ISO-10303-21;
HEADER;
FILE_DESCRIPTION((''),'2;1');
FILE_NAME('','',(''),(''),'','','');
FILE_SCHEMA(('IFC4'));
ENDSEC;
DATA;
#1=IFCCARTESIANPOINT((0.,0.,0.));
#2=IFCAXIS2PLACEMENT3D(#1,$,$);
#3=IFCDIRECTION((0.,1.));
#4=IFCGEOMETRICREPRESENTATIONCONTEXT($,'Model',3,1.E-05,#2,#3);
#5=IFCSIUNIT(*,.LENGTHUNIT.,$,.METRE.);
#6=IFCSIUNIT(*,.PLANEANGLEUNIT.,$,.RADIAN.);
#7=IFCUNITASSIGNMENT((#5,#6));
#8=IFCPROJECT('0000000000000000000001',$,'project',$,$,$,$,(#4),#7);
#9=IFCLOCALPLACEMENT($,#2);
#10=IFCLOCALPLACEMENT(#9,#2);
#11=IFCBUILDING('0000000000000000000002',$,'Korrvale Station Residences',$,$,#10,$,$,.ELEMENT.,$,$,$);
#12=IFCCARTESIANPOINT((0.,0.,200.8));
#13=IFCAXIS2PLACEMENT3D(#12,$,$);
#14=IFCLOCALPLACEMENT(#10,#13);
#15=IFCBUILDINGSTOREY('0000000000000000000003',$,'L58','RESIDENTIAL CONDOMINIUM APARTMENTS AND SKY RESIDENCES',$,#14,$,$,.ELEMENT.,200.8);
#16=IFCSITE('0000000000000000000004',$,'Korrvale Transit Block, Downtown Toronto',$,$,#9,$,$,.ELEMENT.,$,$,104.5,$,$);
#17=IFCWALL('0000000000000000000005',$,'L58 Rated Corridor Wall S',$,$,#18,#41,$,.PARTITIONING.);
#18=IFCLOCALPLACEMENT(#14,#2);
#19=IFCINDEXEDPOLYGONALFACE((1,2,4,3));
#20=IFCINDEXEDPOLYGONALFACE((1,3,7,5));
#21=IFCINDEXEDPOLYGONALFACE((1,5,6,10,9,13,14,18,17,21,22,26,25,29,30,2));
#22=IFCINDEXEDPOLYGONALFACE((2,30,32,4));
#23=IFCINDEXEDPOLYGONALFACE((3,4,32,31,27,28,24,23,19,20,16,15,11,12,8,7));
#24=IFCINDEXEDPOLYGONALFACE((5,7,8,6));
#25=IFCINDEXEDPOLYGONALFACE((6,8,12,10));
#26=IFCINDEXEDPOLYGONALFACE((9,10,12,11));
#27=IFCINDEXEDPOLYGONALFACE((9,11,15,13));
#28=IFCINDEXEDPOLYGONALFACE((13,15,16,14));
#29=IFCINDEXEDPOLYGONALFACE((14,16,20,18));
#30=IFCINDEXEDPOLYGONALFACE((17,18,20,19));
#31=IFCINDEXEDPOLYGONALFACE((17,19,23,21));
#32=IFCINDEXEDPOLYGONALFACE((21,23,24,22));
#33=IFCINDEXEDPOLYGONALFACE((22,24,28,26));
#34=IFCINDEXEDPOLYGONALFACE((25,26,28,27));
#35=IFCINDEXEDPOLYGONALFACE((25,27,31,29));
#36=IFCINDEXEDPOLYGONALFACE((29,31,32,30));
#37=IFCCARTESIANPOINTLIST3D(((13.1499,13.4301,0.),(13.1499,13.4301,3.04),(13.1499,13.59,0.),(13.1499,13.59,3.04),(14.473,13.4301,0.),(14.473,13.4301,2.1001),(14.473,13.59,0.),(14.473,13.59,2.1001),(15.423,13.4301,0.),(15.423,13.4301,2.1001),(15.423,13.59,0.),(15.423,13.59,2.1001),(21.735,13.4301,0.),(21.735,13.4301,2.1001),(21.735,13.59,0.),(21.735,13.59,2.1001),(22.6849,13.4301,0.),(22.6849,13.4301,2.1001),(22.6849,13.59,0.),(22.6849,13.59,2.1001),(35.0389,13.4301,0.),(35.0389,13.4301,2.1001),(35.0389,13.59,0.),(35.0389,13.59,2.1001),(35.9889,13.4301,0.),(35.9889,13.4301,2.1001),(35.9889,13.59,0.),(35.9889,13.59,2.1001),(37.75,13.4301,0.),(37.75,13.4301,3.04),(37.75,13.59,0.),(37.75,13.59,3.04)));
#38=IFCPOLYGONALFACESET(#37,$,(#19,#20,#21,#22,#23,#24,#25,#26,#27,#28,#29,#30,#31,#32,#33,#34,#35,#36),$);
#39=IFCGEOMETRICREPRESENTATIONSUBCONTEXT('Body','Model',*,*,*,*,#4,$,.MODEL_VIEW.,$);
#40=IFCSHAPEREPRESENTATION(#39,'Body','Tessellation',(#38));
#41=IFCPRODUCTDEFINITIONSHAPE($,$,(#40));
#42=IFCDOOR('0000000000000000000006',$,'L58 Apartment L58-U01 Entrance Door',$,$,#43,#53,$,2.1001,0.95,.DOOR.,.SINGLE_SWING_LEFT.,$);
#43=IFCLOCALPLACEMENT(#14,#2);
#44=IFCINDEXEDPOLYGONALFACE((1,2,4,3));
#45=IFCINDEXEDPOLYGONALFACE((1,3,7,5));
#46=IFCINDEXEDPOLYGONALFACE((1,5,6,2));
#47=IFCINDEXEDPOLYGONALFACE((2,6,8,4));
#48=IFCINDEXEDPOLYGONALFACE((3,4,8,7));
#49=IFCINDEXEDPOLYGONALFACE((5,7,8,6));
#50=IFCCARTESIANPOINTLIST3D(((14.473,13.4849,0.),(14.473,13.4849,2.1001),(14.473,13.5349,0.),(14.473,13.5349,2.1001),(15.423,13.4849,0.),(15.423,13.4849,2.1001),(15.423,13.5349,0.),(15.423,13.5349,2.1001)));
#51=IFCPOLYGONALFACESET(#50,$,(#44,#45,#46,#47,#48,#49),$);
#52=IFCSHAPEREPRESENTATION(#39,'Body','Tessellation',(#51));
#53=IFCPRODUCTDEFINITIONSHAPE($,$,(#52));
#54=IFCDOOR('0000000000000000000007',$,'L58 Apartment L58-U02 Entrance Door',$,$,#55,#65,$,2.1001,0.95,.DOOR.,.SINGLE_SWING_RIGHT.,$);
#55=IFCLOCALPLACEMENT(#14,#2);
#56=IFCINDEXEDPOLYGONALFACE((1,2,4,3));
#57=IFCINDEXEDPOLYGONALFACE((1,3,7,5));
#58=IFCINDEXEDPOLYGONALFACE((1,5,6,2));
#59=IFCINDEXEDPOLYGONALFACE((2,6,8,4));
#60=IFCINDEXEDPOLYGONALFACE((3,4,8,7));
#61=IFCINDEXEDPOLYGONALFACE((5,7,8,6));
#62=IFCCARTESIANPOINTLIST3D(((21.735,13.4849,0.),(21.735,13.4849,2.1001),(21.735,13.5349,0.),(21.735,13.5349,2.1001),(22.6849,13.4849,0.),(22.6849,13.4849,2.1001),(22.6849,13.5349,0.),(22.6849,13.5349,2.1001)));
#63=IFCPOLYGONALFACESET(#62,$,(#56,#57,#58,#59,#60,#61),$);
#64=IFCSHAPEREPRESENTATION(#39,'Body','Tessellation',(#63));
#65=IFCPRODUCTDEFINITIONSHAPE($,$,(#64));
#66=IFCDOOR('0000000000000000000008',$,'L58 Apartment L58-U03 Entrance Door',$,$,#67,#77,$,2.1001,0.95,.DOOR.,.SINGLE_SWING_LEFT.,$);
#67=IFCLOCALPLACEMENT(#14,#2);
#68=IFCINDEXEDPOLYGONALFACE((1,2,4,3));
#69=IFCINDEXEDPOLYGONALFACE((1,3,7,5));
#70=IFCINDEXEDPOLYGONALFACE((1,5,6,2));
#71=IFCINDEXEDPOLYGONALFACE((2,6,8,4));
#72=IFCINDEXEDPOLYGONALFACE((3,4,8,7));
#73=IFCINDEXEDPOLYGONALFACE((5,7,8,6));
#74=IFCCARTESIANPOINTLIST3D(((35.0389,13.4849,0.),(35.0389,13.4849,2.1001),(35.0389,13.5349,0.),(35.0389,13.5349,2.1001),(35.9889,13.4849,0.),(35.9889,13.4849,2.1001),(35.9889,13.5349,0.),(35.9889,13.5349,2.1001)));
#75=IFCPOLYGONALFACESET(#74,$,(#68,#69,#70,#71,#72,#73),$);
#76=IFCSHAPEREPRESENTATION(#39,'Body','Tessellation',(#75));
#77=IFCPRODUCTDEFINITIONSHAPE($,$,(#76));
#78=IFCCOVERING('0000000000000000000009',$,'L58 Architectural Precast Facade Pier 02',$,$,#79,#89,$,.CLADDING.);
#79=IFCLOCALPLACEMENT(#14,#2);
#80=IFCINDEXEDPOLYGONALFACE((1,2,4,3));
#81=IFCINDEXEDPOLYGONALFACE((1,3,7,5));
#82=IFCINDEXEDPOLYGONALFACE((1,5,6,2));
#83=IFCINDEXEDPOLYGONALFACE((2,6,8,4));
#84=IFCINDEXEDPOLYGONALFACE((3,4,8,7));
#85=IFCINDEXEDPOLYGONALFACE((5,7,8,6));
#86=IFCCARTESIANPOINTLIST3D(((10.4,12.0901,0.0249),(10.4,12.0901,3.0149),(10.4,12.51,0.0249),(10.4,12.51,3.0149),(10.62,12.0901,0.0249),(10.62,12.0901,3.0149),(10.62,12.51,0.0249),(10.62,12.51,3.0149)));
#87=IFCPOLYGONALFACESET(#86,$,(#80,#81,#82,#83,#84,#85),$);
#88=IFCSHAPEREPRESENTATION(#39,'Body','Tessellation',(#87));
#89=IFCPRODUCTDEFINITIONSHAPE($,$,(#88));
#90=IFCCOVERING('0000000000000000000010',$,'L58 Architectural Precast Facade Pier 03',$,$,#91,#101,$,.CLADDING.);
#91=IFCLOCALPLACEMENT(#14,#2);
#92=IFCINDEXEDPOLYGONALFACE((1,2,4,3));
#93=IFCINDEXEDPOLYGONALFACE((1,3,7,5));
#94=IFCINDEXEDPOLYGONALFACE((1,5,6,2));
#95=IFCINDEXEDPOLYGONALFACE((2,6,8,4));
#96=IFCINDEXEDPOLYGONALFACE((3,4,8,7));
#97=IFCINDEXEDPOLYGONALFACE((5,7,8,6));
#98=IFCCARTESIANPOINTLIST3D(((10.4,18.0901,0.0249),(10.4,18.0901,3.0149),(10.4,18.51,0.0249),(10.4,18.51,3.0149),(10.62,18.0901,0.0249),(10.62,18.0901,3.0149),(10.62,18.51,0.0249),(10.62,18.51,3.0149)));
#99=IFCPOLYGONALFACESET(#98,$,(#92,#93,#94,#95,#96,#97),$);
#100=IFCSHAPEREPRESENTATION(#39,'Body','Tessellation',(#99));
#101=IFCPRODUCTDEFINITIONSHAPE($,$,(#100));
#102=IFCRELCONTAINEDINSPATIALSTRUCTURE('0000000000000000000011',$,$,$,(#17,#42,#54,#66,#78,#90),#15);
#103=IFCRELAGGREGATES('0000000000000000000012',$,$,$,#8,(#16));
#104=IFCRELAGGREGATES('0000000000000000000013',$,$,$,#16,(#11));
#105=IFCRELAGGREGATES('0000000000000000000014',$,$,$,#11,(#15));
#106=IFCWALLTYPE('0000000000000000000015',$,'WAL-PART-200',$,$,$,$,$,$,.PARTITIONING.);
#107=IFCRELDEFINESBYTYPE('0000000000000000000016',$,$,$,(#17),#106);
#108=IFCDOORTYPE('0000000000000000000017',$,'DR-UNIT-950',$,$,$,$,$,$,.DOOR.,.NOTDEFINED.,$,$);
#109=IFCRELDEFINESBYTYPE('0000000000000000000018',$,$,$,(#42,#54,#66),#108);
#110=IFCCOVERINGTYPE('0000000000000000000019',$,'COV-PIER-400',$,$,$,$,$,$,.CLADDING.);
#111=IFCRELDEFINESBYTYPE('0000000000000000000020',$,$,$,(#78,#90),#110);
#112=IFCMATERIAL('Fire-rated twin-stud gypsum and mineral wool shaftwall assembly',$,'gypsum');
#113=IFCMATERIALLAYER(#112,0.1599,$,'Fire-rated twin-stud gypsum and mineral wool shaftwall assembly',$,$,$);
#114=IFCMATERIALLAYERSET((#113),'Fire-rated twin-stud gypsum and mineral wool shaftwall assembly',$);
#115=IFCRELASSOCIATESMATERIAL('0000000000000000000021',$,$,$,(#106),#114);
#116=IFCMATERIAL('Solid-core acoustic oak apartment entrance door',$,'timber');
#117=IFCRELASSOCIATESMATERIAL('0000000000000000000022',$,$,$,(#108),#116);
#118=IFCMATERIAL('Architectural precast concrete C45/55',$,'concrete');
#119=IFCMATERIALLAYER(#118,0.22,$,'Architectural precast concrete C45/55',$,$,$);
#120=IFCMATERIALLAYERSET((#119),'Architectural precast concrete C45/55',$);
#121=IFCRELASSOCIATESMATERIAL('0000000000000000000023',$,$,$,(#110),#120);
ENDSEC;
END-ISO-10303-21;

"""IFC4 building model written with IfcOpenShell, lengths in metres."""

from ifc_helpers import new_model, si_unit, direction, frame, frame_2d, origin, origin_2d, place, context, subcontext, project, spatial, rectangle, extrude, material, layer, layer_set, type_object, element, fill, save


model = new_model("IFC4")

# Units and contexts
model_context = context("Model", 3, precision=1e-05, world=origin(), true_north=direction((0.0, 1.0)))
body_context = subcontext(model_context, "Body", "Model", "MODEL_VIEW")
ifc_project = project(units=[si_unit("LENGTHUNIT", "METRE"), si_unit("PLANEANGLEUNIT", "RADIAN")], contexts=[model_context])

# Site, building, storey
site_placement = place(None, origin())
site = spatial("IfcSite", under=ifc_project, at=site_placement, Name="Korrvale Transit Block, Downtown Toronto", CompositionType="ELEMENT", RefElevation=104.5)
building_placement = place(site_placement, origin())
building = spatial("IfcBuilding", under=site, at=building_placement, Name="Korrvale Station Residences", CompositionType="ELEMENT")
storey_placement = place(building_placement, frame((0.0, 0.0, 200.8)))
storey = spatial("IfcBuildingStorey", under=building, at=storey_placement, Name="L58", Description="RESIDENTIAL CONDOMINIUM APARTMENTS AND SKY RESIDENCES", CompositionType="ELEMENT", Elevation=200.8)

# Shared definitions
ifc_material_1 = material(Name="Fire-rated twin-stud gypsum and mineral wool shaftwall assembly", Category="gypsum")
ifc_layer_1 = layer(ifc_material_1, 0.1599, Name="Fire-rated twin-stud gypsum and mineral wool shaftwall assembly")
ifc_layer_set_1 = layer_set([ifc_layer_1], Name="Fire-rated twin-stud gypsum and mineral wool shaftwall assembly")
wall_type_1 = type_object("IfcWallType", Name="WAL-PART-200", PredefinedType="PARTITIONING", material=ifc_layer_set_1)

# Shared definitions
ifc_material_2 = material(Name="Solid-core acoustic oak apartment entrance door", Category="timber")
door_type_1 = type_object("IfcDoorType", Name="DR-UNIT-950", OperationType="NOTDEFINED", PredefinedType="DOOR", material=ifc_material_2)

# Wall, openings, doors
wall_1_placement = place(storey_placement, frame((13.1499, 13.51, 0.0), z_axis=(0.0, 0.0, 1.0), x_axis=(1.0, 0.0, 0.0)))
wall_1 = element("IfcWall", 1, at=wall_1_placement, inside=storey, type_object=wall_type_1, Name="L58 Rated Corridor Wall S", PredefinedType="PARTITIONING", context=body_context, shape_type="SweptSolid", body=[
    extrude(rectangle(XDim=24.6001, YDim=0.1599, at=frame_2d((12.3, 0.0))), origin(), (0.0, 0.0, 1.0), 3.04),
])
opening_1_placement = place(wall_1_placement, frame((1.323, 0.0, 0.0)))
opening_1 = element("IfcOpeningElement", 2, at=opening_1_placement, cuts=wall_1, PredefinedType="OPENING", context=body_context, shape_type="SweptSolid", body=[
    extrude(rectangle(XDim=0.95, YDim=2.1001, at=frame_2d((0.4751, 1.05))), frame((0.0, 0.0898, 0.0), z_axis=(0.0, -1.0, 0.0), x_axis=(1.0, 0.0, 0.0)), (0.0, 0.0, 1.0), 0.1799),
])
opening_2_placement = place(wall_1_placement, frame((8.585, 0.0, 0.0)))
opening_2 = element("IfcOpeningElement", 3, at=opening_2_placement, cuts=wall_1, PredefinedType="OPENING", context=body_context, shape_type="SweptSolid", body=[
    extrude(rectangle(XDim=0.95, YDim=2.1001, at=frame_2d((0.4751, 1.05))), frame((0.0, 0.0898, 0.0), z_axis=(0.0, -1.0, 0.0), x_axis=(1.0, 0.0, 0.0)), (0.0, 0.0, 1.0), 0.1799),
])
opening_3_placement = place(wall_1_placement, frame((21.8889, 0.0, 0.0)))
opening_3 = element("IfcOpeningElement", 4, at=opening_3_placement, cuts=wall_1, PredefinedType="OPENING", context=body_context, shape_type="SweptSolid", body=[
    extrude(rectangle(XDim=0.95, YDim=2.1001, at=frame_2d((0.4751, 1.05))), frame((0.0, 0.0898, 0.0), z_axis=(0.0, -1.0, 0.0), x_axis=(1.0, 0.0, 0.0)), (0.0, 0.0, 1.0), 0.1799),
])
door_1_placement = place(opening_1_placement, origin())
door_1 = element("IfcDoor", 5, at=door_1_placement, inside=storey, type_object=door_type_1, Name="L58 Apartment L58-U01 Entrance Door", OperationType="SINGLE_SWING_LEFT", OverallHeight=2.1001, OverallWidth=0.95, PredefinedType="DOOR", context=body_context, shape_type="SweptSolid", body=[
    extrude(rectangle(XDim=0.95, YDim=2.1001, at=frame_2d((0.4751, 1.05))), frame((0.0, 0.0249, 0.0), z_axis=(0.0, -1.0, 0.0), x_axis=(1.0, 0.0, 0.0)), (0.0, 0.0, 1.0), 0.05),
])
fill(opening_1, door_1)
door_2_placement = place(opening_2_placement, origin())
door_2 = element("IfcDoor", 6, at=door_2_placement, inside=storey, type_object=door_type_1, Name="L58 Apartment L58-U02 Entrance Door", OperationType="SINGLE_SWING_RIGHT", OverallHeight=2.1001, OverallWidth=0.95, PredefinedType="DOOR", context=body_context, shape_type="SweptSolid", body=[
    extrude(rectangle(XDim=0.95, YDim=2.1001, at=frame_2d((0.4751, 1.05))), frame((0.0, 0.0249, 0.0), z_axis=(0.0, -1.0, 0.0), x_axis=(1.0, 0.0, 0.0)), (0.0, 0.0, 1.0), 0.05),
])
fill(opening_2, door_2)
door_3_placement = place(opening_3_placement, origin())
door_3 = element("IfcDoor", 7, at=door_3_placement, inside=storey, type_object=door_type_1, Name="L58 Apartment L58-U03 Entrance Door", OperationType="SINGLE_SWING_LEFT", OverallHeight=2.1001, OverallWidth=0.95, PredefinedType="DOOR", context=body_context, shape_type="SweptSolid", body=[
    extrude(rectangle(XDim=0.95, YDim=2.1001, at=frame_2d((0.4751, 1.05))), frame((0.0, 0.0249, 0.0), z_axis=(0.0, -1.0, 0.0), x_axis=(1.0, 0.0, 0.0)), (0.0, 0.0, 1.0), 0.05),
])
fill(opening_3, door_3)

# Coverings
ifc_material_3 = material(Name="Architectural precast concrete C45/55", Category="concrete")
ifc_layer_2 = layer(ifc_material_3, 0.22, Name="Architectural precast concrete C45/55")
ifc_layer_set_2 = layer_set([ifc_layer_2], Name="Architectural precast concrete C45/55")
covering_type = type_object("IfcCoveringType", Name="COV-PIER-400", PredefinedType="CLADDING", material=ifc_layer_set_2)
for number, where, z_axis, x_axis, name in (
    (8, (10.51, 12.3, 0.0249), (0.0, 0.0, 1.0), (0.0, 1.0, 0.0), "L58 Architectural Precast Facade Pier 02"),
    (9, (10.51, 18.3, 0.0249), (0.0, 0.0, 1.0), (0.0, 1.0, 0.0), "L58 Architectural Precast Facade Pier 03"),
):
    element("IfcCovering", number, at=place(storey_placement, frame(where, z_axis=z_axis, x_axis=x_axis)), inside=storey, type_object=covering_type, Name=name, PredefinedType="CLADDING", context=body_context, shape_type="SweptSolid", body=[
        extrude(rectangle(XDim=0.4199, YDim=0.22, at=origin_2d()), origin(), (0.0, 0.0, 1.0), 2.99),
    ])

save(model, "model.ifc")
